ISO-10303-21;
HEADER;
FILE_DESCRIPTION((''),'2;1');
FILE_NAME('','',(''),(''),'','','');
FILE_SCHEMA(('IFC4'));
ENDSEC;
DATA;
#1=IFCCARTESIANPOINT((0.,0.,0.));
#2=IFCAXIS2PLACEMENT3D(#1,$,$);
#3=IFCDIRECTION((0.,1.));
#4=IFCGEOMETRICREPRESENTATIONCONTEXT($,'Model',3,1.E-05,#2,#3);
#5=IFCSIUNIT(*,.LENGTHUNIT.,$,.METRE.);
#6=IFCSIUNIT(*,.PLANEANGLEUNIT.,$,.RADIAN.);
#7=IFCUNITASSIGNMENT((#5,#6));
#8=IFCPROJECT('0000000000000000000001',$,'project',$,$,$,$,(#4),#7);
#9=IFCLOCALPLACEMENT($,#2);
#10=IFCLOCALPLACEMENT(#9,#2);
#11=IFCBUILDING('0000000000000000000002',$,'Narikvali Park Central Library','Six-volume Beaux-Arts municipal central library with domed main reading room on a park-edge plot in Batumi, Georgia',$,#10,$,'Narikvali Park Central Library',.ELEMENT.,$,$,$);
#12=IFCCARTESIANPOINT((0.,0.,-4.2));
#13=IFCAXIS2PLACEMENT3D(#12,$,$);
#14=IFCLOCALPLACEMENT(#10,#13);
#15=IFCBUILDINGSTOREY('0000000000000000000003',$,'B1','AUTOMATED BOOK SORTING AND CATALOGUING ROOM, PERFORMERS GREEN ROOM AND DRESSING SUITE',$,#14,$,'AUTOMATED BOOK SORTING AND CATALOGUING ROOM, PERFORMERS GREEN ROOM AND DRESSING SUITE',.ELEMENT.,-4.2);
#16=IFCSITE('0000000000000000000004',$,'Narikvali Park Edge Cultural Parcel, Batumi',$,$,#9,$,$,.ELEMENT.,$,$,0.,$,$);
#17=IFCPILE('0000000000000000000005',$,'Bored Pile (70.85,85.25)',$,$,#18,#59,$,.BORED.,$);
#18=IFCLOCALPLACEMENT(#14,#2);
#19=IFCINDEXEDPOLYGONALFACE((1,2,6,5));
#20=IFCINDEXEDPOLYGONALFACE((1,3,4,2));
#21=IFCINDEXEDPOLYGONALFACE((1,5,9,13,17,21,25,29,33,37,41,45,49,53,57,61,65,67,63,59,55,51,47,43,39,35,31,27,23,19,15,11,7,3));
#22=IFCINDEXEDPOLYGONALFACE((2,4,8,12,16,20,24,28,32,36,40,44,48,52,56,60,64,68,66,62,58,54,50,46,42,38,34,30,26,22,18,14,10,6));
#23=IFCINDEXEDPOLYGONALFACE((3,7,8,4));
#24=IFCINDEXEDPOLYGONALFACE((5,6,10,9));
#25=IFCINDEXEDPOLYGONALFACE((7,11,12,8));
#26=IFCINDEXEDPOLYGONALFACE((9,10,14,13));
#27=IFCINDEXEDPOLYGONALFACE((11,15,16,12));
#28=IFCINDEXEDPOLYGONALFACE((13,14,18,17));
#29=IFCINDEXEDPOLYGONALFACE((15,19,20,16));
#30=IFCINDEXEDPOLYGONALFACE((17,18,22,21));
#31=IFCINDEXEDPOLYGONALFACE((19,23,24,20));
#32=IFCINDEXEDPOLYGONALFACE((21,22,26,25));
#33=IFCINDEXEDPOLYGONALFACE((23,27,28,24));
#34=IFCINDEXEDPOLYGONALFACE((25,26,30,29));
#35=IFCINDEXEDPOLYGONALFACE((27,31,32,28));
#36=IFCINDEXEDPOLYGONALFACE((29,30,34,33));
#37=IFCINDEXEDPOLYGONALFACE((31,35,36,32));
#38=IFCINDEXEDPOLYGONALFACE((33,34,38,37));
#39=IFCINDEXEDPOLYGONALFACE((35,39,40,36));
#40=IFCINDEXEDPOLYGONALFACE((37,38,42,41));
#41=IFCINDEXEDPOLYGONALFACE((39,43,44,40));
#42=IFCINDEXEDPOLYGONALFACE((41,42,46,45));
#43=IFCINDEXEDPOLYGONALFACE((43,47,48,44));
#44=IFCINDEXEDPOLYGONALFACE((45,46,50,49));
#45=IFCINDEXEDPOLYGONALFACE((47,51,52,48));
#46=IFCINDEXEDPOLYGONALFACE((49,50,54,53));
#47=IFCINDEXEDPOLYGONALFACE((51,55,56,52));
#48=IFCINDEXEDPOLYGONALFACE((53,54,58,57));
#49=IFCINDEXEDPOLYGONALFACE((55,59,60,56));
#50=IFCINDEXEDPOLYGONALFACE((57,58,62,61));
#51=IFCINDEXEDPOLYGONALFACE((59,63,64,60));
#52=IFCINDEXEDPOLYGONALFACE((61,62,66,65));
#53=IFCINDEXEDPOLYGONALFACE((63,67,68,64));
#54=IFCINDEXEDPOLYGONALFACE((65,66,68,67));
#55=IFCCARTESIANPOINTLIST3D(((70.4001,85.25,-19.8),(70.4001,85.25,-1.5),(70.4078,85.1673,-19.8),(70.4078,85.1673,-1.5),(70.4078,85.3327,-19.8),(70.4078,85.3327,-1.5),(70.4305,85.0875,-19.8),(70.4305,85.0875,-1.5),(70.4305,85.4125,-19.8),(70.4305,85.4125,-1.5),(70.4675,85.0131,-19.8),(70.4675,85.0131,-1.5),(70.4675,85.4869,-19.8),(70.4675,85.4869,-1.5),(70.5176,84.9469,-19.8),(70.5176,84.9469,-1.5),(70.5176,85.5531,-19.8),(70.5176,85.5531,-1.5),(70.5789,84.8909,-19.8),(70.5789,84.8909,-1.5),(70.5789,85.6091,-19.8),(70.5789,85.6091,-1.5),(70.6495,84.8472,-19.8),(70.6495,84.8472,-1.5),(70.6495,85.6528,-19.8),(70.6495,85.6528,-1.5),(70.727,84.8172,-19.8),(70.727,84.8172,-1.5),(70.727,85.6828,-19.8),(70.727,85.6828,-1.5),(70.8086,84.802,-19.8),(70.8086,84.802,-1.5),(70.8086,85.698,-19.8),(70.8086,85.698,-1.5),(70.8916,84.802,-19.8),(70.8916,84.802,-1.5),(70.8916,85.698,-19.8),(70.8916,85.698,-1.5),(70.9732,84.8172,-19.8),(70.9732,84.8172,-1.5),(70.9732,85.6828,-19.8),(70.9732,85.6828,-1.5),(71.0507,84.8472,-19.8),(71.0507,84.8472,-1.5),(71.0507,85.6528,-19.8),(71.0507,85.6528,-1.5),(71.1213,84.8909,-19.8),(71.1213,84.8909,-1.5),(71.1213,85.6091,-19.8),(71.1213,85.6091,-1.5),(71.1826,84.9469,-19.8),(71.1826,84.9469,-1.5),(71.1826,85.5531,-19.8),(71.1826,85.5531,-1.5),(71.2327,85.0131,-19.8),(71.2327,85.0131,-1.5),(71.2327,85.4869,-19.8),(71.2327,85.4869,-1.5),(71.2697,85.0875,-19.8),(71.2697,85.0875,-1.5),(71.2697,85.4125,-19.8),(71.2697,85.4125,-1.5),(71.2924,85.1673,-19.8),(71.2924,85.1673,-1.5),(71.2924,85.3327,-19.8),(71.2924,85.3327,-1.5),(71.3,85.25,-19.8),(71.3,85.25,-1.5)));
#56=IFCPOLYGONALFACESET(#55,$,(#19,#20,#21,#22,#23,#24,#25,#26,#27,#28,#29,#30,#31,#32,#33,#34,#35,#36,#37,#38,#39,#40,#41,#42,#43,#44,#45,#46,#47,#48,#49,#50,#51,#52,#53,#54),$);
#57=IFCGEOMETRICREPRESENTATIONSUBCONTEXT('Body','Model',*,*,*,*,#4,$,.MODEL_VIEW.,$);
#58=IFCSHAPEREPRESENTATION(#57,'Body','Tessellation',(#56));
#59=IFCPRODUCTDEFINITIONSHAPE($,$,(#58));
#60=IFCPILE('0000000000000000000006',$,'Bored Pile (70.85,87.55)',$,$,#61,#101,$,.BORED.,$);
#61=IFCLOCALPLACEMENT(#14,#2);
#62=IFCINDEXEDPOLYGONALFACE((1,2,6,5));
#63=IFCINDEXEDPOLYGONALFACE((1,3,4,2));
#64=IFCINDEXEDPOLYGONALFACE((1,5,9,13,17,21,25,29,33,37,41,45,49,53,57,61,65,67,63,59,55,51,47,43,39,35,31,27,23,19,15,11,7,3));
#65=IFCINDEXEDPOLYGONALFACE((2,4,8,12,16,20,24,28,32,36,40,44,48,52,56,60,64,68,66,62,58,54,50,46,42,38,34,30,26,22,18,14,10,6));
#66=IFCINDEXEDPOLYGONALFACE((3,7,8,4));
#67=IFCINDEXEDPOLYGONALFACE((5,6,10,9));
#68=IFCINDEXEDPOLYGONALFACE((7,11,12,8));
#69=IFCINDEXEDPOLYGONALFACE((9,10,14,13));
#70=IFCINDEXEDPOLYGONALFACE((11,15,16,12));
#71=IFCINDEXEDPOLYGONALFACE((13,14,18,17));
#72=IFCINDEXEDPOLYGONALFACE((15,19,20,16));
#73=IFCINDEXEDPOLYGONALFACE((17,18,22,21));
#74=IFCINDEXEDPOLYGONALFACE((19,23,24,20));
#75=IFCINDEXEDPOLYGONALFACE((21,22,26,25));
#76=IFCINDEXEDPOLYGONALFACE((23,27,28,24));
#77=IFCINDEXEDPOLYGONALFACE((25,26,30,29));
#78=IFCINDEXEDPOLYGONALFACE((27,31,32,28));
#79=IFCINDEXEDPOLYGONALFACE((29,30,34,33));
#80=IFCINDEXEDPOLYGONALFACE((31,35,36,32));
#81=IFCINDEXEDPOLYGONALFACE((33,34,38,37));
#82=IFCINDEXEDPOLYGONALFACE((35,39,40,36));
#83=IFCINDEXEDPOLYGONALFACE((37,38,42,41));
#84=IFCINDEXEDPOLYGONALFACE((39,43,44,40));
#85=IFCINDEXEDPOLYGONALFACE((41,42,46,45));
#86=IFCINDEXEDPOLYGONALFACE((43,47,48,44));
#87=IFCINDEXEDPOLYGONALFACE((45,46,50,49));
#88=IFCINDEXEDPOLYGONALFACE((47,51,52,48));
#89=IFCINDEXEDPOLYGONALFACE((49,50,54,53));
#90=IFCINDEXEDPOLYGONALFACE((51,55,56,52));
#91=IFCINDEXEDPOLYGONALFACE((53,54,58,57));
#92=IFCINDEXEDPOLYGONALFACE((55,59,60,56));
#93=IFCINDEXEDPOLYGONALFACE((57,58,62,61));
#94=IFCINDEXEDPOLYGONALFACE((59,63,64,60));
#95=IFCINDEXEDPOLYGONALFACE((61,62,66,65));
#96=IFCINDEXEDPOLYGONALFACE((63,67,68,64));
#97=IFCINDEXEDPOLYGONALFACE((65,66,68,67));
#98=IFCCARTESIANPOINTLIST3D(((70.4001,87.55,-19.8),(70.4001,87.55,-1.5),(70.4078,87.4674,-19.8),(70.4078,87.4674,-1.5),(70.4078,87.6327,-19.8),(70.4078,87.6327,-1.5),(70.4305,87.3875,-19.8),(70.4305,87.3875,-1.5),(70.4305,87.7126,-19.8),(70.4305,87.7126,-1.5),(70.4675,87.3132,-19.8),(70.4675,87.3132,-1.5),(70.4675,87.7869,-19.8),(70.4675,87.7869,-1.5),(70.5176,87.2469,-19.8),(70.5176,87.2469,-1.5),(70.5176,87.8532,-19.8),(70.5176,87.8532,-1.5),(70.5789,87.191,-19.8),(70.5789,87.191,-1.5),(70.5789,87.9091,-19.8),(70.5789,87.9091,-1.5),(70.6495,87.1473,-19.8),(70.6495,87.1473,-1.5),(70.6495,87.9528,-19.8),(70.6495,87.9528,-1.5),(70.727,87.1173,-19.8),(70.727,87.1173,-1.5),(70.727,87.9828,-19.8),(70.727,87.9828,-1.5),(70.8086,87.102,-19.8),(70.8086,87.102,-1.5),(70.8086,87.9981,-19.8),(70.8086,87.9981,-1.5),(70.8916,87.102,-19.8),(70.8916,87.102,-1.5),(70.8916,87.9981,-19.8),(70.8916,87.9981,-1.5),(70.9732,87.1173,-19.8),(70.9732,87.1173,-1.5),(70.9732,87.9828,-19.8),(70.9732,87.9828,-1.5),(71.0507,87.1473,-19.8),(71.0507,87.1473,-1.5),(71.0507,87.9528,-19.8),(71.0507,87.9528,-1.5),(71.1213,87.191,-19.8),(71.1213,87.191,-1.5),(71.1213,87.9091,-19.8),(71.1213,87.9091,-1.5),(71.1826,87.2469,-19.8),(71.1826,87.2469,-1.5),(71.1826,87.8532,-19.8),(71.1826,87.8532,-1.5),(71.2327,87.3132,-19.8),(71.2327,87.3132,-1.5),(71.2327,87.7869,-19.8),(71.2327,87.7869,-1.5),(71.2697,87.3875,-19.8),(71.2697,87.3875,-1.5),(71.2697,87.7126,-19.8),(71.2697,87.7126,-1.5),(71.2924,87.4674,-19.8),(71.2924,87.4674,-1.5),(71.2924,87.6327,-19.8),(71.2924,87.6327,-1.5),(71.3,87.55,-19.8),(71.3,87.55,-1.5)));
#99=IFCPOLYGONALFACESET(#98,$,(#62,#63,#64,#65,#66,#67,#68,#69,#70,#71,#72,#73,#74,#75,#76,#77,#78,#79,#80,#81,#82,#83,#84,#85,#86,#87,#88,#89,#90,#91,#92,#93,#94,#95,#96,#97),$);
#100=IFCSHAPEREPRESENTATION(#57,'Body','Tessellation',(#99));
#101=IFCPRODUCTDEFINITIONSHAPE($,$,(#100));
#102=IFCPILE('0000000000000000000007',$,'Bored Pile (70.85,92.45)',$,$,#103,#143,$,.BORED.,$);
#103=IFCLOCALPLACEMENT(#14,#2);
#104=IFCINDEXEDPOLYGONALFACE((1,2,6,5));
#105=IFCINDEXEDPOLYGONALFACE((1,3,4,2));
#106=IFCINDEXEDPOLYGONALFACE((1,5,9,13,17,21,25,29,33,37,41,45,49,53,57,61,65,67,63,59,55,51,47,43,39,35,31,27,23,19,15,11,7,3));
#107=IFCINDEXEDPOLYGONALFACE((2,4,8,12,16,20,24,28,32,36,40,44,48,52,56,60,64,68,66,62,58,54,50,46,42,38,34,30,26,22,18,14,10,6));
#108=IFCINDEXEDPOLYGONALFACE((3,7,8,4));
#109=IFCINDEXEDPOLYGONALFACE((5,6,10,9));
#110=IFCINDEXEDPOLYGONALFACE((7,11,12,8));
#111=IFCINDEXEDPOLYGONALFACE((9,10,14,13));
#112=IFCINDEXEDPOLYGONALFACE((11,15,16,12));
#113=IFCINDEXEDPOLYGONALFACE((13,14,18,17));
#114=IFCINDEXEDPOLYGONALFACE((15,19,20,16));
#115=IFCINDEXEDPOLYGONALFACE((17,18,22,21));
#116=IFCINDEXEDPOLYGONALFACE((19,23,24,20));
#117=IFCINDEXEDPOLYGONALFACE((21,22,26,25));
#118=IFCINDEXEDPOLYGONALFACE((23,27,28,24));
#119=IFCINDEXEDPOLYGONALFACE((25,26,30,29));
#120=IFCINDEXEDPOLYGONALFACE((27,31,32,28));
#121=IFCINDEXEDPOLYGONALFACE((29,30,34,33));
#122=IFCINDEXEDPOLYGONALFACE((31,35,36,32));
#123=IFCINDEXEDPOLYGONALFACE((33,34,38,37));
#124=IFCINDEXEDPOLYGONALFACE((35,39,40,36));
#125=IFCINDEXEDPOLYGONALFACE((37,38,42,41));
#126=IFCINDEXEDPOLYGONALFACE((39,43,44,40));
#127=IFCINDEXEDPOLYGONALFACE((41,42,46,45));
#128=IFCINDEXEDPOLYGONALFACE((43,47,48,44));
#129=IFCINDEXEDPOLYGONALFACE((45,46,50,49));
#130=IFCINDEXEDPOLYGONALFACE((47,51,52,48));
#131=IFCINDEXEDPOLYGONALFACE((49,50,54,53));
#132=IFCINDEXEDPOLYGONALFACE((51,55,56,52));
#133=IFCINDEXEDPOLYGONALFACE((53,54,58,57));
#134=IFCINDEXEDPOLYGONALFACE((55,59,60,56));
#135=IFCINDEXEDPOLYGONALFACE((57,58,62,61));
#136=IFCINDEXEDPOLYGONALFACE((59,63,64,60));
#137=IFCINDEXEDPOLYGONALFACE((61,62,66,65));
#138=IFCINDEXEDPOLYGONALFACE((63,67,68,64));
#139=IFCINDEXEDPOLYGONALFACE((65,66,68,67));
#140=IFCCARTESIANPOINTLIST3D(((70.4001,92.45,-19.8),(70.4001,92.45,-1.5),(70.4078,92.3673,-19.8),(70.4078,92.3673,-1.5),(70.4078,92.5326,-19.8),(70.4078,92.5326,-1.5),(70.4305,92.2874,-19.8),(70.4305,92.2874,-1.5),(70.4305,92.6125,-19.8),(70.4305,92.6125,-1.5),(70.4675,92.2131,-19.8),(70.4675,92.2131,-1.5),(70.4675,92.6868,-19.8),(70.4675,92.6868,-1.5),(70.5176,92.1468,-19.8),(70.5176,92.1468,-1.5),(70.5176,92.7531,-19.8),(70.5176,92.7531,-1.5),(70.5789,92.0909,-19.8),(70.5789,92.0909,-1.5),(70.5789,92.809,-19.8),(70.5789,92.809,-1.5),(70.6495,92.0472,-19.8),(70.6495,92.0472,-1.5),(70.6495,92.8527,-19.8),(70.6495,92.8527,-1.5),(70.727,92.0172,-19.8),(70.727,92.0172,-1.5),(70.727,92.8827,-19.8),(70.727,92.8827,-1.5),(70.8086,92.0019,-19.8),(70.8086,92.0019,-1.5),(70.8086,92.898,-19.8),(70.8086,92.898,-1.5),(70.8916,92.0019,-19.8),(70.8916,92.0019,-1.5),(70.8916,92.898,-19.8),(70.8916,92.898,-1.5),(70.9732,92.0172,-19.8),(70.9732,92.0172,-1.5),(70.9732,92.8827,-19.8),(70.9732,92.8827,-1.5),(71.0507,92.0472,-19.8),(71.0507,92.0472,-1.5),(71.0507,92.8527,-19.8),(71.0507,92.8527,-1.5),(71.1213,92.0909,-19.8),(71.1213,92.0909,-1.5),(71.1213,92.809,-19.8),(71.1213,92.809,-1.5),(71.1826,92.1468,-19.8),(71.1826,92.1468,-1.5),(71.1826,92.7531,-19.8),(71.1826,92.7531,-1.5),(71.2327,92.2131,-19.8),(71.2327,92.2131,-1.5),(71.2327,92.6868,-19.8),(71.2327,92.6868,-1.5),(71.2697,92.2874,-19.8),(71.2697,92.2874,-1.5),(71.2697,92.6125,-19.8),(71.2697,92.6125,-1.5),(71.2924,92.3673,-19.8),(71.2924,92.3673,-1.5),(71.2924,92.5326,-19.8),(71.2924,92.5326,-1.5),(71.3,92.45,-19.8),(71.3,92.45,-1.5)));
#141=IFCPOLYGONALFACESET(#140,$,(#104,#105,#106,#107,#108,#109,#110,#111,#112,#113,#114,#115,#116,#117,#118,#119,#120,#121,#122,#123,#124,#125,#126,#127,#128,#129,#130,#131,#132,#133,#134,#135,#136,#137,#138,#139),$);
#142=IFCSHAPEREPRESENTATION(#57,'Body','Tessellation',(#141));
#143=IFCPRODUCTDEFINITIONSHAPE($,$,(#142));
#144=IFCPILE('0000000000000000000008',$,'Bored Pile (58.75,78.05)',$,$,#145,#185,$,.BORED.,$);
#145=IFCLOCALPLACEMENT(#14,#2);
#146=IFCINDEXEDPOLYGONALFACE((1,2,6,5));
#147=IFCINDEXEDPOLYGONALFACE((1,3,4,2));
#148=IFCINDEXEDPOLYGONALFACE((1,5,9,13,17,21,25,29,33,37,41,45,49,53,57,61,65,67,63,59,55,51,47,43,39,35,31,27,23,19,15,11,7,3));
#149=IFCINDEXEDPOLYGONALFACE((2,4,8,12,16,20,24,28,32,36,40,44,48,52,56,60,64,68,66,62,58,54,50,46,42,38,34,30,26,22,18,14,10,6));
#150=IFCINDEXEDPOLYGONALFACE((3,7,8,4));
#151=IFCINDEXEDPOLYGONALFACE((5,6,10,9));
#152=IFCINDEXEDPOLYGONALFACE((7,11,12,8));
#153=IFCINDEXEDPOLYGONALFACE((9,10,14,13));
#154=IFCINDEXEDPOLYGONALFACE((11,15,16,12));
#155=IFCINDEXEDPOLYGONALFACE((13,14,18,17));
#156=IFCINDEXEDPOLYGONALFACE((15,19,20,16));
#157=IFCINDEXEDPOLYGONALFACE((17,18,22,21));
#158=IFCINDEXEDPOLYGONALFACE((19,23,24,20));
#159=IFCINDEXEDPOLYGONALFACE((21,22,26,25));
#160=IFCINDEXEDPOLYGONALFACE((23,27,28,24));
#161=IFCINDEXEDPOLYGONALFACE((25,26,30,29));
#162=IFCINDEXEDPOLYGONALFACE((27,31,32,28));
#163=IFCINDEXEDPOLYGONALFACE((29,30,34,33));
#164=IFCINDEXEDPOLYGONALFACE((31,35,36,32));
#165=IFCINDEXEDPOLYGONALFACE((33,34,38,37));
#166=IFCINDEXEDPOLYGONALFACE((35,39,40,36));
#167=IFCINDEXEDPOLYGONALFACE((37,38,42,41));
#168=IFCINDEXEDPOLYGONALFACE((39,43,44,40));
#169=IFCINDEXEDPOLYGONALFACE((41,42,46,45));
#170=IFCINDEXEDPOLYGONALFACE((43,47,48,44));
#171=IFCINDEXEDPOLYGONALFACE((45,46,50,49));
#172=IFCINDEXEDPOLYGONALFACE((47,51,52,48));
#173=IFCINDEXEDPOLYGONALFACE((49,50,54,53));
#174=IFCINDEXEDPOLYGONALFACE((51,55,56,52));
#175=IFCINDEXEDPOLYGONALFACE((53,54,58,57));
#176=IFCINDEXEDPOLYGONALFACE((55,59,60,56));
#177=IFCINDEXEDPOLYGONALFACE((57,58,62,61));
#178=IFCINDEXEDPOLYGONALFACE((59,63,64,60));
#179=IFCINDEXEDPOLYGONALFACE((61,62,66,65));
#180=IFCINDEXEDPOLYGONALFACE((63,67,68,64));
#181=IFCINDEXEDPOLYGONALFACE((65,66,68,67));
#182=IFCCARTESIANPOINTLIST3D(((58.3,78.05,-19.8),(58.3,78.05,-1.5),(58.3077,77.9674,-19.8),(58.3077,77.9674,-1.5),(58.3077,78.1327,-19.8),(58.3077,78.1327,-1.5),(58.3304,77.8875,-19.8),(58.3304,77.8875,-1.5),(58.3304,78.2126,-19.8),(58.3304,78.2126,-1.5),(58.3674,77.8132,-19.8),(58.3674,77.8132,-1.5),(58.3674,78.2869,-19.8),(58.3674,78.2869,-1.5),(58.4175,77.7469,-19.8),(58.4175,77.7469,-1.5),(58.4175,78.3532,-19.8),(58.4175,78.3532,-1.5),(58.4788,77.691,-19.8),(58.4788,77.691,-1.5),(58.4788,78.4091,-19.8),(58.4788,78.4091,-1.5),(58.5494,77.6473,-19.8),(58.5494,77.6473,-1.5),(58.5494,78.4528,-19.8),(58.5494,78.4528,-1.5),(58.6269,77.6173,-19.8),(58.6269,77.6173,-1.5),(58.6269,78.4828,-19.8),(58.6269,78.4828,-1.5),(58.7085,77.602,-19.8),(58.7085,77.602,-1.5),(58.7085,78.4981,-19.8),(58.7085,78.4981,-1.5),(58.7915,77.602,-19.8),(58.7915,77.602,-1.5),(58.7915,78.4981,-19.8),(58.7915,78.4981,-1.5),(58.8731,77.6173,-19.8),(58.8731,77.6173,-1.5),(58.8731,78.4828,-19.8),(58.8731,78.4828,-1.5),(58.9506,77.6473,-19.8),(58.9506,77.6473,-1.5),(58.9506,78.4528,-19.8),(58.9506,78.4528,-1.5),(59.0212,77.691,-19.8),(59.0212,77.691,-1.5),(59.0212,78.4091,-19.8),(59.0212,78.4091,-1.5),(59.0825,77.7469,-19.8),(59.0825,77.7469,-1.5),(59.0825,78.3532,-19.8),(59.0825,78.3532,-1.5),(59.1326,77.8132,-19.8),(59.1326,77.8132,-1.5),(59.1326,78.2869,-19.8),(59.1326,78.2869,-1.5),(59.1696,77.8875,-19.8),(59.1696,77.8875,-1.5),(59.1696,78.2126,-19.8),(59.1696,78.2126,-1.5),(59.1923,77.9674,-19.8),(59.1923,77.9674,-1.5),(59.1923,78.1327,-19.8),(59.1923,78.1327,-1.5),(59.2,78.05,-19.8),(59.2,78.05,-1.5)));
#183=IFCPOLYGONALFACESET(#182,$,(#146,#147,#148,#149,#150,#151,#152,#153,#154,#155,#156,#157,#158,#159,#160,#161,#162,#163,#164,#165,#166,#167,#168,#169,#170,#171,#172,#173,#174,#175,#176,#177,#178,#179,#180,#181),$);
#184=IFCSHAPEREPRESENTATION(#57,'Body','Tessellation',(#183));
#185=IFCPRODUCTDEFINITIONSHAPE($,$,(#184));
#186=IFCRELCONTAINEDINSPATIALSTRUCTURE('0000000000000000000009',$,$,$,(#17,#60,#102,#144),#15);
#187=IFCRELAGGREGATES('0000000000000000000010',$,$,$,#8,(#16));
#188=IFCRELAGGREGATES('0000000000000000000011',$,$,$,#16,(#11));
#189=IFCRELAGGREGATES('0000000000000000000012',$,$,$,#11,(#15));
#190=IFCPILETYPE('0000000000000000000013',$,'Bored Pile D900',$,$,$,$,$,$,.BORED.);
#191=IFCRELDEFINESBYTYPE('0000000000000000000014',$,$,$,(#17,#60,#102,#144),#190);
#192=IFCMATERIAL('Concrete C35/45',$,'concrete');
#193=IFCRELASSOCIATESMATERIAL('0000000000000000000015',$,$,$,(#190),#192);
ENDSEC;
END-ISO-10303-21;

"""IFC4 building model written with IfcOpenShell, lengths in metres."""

from ifc_helpers import new_model, si_unit, direction, frame, origin, origin_2d, place, context, subcontext, project, spatial, circle, extrude, material, material_profile, profile_set, type_object, element, save


model = new_model("IFC4")

# Units and contexts
model_context = context("Model", 3, precision=1e-05, world=origin(), true_north=direction((0.0, 1.0)))
body_context = subcontext(model_context, "Body", "Model", "MODEL_VIEW")
ifc_project = project(units=[si_unit("LENGTHUNIT", "METRE"), si_unit("PLANEANGLEUNIT", "RADIAN")], contexts=[model_context])

# Site, building, storey
site_placement = place(None, origin())
site = spatial("IfcSite", under=ifc_project, at=site_placement, Name="Narikvali Park Edge Cultural Parcel, Batumi", CompositionType="ELEMENT", RefElevation=0.0)
building_placement = place(site_placement, origin())
building = spatial("IfcBuilding", under=site, at=building_placement, Name="Narikvali Park Central Library", Description="Six-volume Beaux-Arts municipal central library with domed main reading room on a park-edge plot in Batumi, Georgia", LongName="Narikvali Park Central Library", CompositionType="ELEMENT")
storey_placement = place(building_placement, frame((0.0, 0.0, -4.2)))
storey = spatial("IfcBuildingStorey", under=building, at=storey_placement, Name="B1", Description="AUTOMATED BOOK SORTING AND CATALOGUING ROOM, PERFORMERS GREEN ROOM AND DRESSING SUITE", LongName="AUTOMATED BOOK SORTING AND CATALOGUING ROOM, PERFORMERS GREEN ROOM AND DRESSING SUITE", CompositionType="ELEMENT", Elevation=-4.2)

# Piles
ifc_material_1 = material(Name="Concrete C35/45", Category="concrete")
ifc_material_profile_1 = material_profile(ifc_material_1, circle(Radius=0.45, at=origin_2d()), Name="PILE D900")
ifc_profile_set_1 = profile_set([ifc_material_profile_1], Name="Concrete C35/45")
pile_type = type_object("IfcPileType", Name="Bored Pile D900", PredefinedType="BORED", material=ifc_profile_set_1)
for number, where, z_axis, x_axis, name in (
    (1, (70.8501, 85.25, -1.5), (0.0, 0.0, -1.0), (1.0, 0.0, 0.0), "Bored Pile (70.85,85.25)"),
    (2, (70.8501, 87.55, -1.5), (0.0, 0.0, -1.0), (1.0, 0.0, 0.0), "Bored Pile (70.85,87.55)"),
    (3, (70.8501, 92.45, -1.5), (0.0, 0.0, -1.0), (1.0, 0.0, 0.0), "Bored Pile (70.85,92.45)"),
    (4, (58.75, 78.05, -1.5), (0.0, 0.0, -1.0), (1.0, 0.0, 0.0), "Bored Pile (58.75,78.05)"),
):
    element("IfcPile", number, at=place(storey_placement, frame(where, z_axis=z_axis, x_axis=x_axis)), inside=storey, type_object=pile_type, Name=name, PredefinedType="BORED", context=body_context, shape_type="SweptSolid", body=[
        extrude(circle(Radius=0.45, at=origin_2d()), origin(), (0.0, 0.0, 1.0), 18.3),
    ])

save(model, "model.ifc")
